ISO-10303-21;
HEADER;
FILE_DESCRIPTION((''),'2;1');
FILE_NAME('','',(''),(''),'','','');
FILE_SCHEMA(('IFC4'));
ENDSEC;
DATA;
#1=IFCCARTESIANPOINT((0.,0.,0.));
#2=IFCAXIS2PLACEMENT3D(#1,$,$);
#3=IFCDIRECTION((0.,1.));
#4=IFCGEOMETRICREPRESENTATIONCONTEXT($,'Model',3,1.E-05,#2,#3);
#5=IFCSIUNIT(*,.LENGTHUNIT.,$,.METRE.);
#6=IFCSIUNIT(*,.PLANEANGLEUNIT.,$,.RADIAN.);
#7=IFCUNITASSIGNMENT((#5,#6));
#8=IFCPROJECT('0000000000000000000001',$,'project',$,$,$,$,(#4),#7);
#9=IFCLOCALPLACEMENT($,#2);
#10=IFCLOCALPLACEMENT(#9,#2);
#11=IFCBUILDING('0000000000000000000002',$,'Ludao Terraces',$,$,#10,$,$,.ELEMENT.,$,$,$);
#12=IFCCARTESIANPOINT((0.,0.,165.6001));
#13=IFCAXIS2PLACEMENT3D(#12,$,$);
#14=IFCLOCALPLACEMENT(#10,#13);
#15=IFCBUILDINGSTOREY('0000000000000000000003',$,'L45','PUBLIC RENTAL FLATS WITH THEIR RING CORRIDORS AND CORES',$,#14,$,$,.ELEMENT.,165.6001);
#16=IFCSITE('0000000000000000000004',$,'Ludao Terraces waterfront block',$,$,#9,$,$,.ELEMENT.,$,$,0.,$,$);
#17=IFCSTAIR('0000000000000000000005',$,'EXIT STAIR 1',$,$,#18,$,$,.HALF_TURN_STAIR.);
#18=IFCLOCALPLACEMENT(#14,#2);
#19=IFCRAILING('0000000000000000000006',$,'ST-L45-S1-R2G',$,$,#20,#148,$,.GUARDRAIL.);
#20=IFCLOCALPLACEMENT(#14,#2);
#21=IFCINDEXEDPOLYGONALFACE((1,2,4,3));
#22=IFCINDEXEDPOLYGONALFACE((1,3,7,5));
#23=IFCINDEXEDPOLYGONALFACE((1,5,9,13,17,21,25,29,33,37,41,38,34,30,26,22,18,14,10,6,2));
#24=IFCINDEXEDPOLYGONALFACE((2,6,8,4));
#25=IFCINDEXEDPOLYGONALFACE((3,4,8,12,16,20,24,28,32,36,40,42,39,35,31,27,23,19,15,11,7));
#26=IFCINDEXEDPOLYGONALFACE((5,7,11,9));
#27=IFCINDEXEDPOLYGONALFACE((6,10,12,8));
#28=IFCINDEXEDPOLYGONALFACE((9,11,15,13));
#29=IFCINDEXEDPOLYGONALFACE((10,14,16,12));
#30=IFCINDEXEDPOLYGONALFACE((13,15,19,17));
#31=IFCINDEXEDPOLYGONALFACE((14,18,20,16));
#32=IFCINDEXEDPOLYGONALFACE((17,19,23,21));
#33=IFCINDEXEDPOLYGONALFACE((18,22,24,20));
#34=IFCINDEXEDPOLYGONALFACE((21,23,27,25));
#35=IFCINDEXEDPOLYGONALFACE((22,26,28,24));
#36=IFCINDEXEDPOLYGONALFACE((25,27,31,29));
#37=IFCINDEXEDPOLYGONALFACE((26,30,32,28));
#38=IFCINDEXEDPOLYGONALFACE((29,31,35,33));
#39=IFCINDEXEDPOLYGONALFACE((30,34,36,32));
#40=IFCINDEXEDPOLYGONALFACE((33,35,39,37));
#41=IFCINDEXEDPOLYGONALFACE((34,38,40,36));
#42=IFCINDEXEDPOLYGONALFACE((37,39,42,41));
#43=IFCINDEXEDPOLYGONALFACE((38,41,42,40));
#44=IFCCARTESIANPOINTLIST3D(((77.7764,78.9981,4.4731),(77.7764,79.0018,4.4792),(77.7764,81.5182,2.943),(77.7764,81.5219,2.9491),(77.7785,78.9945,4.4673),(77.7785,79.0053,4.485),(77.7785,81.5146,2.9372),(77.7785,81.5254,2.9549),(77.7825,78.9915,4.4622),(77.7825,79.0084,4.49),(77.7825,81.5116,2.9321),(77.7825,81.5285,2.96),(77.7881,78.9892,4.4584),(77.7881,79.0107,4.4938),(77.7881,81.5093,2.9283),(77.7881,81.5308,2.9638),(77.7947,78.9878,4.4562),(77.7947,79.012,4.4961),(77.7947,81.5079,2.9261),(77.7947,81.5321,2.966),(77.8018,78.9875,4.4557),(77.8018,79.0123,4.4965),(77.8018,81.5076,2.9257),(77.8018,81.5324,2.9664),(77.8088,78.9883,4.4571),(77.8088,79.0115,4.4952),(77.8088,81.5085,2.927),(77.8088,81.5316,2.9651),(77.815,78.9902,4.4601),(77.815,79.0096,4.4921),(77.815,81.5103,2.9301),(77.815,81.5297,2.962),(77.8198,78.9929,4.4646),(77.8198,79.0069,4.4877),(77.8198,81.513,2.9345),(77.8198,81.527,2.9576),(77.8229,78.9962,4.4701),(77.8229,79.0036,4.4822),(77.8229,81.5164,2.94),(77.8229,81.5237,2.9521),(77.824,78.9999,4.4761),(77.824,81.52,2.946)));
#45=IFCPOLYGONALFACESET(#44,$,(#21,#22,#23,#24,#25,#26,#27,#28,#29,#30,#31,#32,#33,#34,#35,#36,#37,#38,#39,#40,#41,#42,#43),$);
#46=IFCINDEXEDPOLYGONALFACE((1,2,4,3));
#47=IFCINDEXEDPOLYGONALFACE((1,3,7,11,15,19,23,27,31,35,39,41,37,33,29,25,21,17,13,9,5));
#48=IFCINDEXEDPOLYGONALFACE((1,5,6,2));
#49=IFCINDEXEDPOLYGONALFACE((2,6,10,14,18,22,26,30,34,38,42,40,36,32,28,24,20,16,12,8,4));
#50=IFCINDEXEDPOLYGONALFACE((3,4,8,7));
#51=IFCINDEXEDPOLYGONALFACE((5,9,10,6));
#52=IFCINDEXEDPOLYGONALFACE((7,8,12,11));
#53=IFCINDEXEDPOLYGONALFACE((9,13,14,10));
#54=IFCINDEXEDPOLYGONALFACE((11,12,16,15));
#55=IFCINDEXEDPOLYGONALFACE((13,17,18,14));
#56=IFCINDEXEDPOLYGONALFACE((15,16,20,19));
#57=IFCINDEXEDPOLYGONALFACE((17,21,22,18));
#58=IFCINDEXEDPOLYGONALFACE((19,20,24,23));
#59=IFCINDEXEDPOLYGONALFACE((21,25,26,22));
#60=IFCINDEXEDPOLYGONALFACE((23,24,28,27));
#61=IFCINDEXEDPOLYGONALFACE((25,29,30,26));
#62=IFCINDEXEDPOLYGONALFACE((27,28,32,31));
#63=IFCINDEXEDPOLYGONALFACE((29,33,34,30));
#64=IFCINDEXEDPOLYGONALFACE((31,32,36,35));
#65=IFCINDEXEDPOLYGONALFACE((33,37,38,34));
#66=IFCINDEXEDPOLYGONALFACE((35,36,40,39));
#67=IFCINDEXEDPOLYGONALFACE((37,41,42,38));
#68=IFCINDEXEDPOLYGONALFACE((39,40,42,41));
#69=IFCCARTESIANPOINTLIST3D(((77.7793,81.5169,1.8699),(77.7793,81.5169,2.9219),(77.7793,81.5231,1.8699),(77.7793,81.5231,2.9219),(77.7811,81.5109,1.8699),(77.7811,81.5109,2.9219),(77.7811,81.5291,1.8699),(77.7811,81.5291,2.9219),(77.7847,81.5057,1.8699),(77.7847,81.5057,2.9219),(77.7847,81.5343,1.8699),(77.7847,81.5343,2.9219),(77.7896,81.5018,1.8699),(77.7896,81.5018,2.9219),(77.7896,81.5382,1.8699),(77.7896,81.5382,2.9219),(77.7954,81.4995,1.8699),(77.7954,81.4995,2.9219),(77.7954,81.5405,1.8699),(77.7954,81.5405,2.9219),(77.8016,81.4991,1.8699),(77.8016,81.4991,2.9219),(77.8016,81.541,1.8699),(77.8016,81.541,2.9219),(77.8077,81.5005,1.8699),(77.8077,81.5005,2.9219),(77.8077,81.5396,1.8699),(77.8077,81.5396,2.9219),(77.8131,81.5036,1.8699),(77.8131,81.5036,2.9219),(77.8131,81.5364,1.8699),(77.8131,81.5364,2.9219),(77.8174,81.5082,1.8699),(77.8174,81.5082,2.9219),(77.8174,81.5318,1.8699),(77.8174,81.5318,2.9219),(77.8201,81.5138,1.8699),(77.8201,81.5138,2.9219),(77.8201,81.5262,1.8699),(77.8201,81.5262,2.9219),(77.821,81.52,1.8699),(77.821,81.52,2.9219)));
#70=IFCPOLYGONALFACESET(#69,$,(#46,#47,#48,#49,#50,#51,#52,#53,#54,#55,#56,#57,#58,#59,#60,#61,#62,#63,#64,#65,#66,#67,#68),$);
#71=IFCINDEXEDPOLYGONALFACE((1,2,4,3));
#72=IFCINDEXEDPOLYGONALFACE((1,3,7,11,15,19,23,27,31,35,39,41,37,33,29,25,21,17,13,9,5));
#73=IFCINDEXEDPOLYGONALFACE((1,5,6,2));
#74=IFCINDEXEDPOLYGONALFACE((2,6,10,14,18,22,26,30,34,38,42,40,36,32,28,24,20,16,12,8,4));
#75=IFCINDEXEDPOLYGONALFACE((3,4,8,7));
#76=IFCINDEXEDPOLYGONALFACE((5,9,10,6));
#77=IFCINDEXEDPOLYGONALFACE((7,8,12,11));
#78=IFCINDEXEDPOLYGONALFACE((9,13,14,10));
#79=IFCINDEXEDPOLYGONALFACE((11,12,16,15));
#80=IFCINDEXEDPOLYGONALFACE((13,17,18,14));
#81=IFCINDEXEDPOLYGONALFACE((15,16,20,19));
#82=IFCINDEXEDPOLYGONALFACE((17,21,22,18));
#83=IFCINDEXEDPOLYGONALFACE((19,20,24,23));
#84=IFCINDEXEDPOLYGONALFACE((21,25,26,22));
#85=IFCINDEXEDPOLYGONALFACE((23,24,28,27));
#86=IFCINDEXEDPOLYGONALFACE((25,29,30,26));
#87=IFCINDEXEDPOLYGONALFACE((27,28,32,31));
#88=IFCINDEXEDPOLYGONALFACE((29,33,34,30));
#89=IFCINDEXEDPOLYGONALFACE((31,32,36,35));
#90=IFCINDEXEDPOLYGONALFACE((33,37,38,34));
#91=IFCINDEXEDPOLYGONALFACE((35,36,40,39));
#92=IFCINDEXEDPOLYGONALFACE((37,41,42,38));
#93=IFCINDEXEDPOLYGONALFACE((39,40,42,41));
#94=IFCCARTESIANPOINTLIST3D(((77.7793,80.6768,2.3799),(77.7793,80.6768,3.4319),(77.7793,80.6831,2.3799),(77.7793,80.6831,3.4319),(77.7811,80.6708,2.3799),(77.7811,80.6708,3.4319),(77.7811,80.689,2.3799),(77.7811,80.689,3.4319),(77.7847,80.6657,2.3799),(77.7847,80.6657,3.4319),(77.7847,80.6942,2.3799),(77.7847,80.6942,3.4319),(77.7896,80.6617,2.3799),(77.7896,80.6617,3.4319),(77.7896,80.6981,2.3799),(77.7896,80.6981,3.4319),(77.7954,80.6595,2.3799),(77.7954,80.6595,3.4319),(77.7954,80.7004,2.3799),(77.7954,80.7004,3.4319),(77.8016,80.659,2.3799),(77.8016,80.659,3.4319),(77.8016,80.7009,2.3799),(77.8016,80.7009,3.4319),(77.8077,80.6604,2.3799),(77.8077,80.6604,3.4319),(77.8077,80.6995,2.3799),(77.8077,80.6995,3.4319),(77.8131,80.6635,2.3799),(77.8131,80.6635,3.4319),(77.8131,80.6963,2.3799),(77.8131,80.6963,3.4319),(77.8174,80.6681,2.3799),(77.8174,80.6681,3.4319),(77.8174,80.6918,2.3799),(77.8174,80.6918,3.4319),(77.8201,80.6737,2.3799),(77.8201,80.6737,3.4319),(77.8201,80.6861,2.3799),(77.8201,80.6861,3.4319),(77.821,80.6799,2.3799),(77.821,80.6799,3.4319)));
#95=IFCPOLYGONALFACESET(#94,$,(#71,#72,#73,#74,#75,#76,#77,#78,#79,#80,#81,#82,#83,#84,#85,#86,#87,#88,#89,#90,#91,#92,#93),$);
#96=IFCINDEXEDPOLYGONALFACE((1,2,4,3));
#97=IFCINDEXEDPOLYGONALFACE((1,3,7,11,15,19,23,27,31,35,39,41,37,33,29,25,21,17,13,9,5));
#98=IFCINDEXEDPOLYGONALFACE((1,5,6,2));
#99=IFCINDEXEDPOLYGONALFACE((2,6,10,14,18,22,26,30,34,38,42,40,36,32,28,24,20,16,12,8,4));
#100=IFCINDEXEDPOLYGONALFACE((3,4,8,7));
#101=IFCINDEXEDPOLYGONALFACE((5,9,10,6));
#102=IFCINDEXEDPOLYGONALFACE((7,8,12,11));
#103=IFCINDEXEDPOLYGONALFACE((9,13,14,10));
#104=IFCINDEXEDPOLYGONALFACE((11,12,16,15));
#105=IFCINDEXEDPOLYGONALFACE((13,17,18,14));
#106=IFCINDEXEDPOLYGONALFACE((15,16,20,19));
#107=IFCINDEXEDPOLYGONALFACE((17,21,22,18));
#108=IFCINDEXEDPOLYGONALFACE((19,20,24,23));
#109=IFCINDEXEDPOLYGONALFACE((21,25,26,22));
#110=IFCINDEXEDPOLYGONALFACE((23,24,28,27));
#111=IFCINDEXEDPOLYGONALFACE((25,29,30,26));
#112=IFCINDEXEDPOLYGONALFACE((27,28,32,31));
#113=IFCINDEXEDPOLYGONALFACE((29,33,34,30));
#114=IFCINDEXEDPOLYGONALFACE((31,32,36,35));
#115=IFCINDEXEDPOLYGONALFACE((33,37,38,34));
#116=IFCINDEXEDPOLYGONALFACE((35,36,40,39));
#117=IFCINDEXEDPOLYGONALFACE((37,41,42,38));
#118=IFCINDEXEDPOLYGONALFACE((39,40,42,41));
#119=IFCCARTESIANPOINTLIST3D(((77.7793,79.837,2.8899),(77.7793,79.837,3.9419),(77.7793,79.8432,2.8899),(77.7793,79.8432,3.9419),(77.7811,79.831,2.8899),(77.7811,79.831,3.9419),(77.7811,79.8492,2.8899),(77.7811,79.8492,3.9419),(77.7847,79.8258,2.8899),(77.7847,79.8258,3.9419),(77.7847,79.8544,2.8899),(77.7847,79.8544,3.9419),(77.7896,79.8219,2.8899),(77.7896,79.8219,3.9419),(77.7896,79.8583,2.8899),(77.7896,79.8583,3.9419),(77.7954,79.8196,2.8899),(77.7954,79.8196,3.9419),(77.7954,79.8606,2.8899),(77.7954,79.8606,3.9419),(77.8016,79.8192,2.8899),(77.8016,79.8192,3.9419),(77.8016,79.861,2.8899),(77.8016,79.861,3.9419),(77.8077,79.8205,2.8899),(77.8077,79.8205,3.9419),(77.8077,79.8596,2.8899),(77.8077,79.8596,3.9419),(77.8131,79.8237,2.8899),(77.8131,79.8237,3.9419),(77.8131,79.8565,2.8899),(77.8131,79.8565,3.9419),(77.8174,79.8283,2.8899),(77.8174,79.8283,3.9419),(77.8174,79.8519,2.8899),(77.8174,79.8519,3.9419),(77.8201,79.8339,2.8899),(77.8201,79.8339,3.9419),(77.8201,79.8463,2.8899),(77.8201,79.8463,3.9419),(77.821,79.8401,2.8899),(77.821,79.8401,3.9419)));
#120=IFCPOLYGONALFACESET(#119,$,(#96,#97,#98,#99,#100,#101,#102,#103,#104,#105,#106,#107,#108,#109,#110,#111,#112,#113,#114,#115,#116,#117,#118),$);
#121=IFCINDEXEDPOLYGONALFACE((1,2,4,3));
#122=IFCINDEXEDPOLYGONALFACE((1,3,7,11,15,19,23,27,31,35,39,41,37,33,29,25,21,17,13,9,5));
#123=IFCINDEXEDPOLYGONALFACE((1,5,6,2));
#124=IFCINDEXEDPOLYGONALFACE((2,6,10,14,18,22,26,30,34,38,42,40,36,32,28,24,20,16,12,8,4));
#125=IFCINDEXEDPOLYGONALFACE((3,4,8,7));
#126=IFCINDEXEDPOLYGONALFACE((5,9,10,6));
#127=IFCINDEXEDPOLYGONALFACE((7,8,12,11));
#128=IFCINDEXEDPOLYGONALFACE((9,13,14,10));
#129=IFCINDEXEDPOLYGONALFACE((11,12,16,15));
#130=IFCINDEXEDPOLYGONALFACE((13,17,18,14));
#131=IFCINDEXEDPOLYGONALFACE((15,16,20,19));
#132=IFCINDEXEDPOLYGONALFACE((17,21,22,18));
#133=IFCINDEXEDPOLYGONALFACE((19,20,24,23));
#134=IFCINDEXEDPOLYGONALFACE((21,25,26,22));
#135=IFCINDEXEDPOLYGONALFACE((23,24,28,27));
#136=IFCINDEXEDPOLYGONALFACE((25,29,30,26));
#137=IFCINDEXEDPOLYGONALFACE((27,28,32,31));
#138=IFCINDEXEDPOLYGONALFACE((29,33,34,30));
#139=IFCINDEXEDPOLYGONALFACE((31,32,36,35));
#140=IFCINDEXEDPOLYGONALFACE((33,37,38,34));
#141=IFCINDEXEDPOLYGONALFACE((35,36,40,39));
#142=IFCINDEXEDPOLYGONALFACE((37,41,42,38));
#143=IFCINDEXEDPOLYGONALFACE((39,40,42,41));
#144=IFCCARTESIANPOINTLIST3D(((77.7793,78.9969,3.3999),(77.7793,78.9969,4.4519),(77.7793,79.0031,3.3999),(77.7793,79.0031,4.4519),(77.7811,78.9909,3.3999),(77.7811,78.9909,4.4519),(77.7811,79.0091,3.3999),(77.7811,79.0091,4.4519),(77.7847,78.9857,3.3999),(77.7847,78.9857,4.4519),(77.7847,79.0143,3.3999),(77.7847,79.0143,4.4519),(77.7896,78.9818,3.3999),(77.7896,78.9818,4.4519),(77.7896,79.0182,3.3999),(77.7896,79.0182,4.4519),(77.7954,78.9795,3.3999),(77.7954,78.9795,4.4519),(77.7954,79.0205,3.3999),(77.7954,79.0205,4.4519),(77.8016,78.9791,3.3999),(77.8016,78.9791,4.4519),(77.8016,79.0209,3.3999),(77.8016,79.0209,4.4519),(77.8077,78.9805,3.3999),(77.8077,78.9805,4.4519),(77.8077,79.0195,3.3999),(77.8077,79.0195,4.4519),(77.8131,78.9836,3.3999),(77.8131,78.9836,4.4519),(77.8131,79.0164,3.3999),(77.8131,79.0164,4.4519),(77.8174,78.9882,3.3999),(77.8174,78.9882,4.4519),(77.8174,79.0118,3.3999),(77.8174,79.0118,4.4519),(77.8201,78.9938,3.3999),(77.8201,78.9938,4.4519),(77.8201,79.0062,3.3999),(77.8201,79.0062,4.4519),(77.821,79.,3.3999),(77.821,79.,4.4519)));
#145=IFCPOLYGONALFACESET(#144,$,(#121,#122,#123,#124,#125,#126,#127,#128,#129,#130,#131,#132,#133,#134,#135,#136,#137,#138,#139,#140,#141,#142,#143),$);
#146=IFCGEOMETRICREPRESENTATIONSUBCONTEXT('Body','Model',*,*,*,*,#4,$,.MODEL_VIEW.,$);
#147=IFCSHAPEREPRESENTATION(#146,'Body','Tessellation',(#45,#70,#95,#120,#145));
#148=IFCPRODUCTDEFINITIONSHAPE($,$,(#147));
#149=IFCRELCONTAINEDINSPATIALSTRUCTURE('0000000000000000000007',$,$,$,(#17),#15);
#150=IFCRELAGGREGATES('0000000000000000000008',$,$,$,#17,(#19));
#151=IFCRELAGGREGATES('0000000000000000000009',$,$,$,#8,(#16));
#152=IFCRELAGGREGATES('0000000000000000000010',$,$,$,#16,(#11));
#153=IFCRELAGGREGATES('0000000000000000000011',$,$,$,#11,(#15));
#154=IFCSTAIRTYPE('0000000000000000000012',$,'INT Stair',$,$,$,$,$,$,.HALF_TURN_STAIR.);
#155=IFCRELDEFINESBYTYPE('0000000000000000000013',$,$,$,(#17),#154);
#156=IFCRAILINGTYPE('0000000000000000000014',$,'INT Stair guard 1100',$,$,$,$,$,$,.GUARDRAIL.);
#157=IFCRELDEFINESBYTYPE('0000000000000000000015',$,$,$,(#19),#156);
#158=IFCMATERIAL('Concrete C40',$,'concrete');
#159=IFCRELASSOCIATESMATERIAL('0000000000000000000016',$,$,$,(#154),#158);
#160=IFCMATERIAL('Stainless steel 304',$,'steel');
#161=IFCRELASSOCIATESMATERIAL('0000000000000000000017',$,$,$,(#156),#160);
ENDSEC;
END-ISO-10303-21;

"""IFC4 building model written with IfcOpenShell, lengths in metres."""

from ifc_helpers import new_model, si_unit, direction, frame, origin, origin_2d, place, context, subcontext, project, spatial, circle, extrude, material, type_object, element, aggregate, save


model = new_model("IFC4")

# Units and contexts
model_context = context("Model", 3, precision=1e-05, world=origin(), true_north=direction((0.0, 1.0)))
body_context = subcontext(model_context, "Body", "Model", "MODEL_VIEW")
ifc_project = project(units=[si_unit("LENGTHUNIT", "METRE"), si_unit("PLANEANGLEUNIT", "RADIAN")], contexts=[model_context])

# Site, building, storey
site_placement = place(None, origin())
site = spatial("IfcSite", under=ifc_project, at=site_placement, Name="Ludao Terraces waterfront block", CompositionType="ELEMENT", RefElevation=0.0)
building_placement = place(site_placement, origin())
building = spatial("IfcBuilding", under=site, at=building_placement, Name="Ludao Terraces", CompositionType="ELEMENT")
storey_placement = place(building_placement, frame((0.0, 0.0, 165.6001)))
storey = spatial("IfcBuildingStorey", under=building, at=storey_placement, Name="L45", Description="PUBLIC RENTAL FLATS WITH THEIR RING CORRIDORS AND CORES", CompositionType="ELEMENT", Elevation=165.6001)

# Shared definitions
ifc_material_1 = material(Name="Stainless steel 304", Category="steel")

# Stair, railing
ifc_material_2 = material(Name="Concrete C40", Category="concrete")
stair_type = type_object("IfcStairType", Name="INT Stair", PredefinedType="HALF_TURN_STAIR", material=ifc_material_2)
stair_placement = place(storey_placement, origin())
stair = element("IfcStair", 1, at=stair_placement, inside=storey, type_object=stair_type, Name="EXIT STAIR 1", PredefinedType="HALF_TURN_STAIR")
railing_type_1 = type_object("IfcRailingType", Name="INT Stair guard 1100", PredefinedType="GUARDRAIL", material=ifc_material_1)
railing_1_placement = place(storey_placement, frame((77.8, 81.52, 1.8699)))
railing_1 = element("IfcRailing", 2, at=railing_1_placement, type_object=railing_type_1, Name="ST-L45-S1-R2G", PredefinedType="GUARDRAIL", context=body_context, shape_type="SweptSolid", body=[
    extrude(circle(Radius=0.0239, at=origin_2d()), frame((0.0, 0.0, 1.0762), z_axis=(0.0, -0.854785, 0.518982), x_axis=(1.0, 0.0, 0.0)), (0.0, 0.0, 1.0), 2.9482),
    extrude(circle(Radius=0.021, at=origin_2d()), origin(), (0.0, 0.0, 1.0), 1.052),
    extrude(circle(Radius=0.021, at=origin_2d()), frame((0.0, -0.8401, 0.51)), (0.0, 0.0, 1.0), 1.052),
    extrude(circle(Radius=0.021, at=origin_2d()), frame((0.0, -1.6799, 1.02)), (0.0, 0.0, 1.0), 1.052),
    extrude(circle(Radius=0.021, at=origin_2d()), frame((0.0, -2.52, 1.53)), (0.0, 0.0, 1.0), 1.052),
])
aggregate(stair, [railing_1])

save(model, "model.ifc")
